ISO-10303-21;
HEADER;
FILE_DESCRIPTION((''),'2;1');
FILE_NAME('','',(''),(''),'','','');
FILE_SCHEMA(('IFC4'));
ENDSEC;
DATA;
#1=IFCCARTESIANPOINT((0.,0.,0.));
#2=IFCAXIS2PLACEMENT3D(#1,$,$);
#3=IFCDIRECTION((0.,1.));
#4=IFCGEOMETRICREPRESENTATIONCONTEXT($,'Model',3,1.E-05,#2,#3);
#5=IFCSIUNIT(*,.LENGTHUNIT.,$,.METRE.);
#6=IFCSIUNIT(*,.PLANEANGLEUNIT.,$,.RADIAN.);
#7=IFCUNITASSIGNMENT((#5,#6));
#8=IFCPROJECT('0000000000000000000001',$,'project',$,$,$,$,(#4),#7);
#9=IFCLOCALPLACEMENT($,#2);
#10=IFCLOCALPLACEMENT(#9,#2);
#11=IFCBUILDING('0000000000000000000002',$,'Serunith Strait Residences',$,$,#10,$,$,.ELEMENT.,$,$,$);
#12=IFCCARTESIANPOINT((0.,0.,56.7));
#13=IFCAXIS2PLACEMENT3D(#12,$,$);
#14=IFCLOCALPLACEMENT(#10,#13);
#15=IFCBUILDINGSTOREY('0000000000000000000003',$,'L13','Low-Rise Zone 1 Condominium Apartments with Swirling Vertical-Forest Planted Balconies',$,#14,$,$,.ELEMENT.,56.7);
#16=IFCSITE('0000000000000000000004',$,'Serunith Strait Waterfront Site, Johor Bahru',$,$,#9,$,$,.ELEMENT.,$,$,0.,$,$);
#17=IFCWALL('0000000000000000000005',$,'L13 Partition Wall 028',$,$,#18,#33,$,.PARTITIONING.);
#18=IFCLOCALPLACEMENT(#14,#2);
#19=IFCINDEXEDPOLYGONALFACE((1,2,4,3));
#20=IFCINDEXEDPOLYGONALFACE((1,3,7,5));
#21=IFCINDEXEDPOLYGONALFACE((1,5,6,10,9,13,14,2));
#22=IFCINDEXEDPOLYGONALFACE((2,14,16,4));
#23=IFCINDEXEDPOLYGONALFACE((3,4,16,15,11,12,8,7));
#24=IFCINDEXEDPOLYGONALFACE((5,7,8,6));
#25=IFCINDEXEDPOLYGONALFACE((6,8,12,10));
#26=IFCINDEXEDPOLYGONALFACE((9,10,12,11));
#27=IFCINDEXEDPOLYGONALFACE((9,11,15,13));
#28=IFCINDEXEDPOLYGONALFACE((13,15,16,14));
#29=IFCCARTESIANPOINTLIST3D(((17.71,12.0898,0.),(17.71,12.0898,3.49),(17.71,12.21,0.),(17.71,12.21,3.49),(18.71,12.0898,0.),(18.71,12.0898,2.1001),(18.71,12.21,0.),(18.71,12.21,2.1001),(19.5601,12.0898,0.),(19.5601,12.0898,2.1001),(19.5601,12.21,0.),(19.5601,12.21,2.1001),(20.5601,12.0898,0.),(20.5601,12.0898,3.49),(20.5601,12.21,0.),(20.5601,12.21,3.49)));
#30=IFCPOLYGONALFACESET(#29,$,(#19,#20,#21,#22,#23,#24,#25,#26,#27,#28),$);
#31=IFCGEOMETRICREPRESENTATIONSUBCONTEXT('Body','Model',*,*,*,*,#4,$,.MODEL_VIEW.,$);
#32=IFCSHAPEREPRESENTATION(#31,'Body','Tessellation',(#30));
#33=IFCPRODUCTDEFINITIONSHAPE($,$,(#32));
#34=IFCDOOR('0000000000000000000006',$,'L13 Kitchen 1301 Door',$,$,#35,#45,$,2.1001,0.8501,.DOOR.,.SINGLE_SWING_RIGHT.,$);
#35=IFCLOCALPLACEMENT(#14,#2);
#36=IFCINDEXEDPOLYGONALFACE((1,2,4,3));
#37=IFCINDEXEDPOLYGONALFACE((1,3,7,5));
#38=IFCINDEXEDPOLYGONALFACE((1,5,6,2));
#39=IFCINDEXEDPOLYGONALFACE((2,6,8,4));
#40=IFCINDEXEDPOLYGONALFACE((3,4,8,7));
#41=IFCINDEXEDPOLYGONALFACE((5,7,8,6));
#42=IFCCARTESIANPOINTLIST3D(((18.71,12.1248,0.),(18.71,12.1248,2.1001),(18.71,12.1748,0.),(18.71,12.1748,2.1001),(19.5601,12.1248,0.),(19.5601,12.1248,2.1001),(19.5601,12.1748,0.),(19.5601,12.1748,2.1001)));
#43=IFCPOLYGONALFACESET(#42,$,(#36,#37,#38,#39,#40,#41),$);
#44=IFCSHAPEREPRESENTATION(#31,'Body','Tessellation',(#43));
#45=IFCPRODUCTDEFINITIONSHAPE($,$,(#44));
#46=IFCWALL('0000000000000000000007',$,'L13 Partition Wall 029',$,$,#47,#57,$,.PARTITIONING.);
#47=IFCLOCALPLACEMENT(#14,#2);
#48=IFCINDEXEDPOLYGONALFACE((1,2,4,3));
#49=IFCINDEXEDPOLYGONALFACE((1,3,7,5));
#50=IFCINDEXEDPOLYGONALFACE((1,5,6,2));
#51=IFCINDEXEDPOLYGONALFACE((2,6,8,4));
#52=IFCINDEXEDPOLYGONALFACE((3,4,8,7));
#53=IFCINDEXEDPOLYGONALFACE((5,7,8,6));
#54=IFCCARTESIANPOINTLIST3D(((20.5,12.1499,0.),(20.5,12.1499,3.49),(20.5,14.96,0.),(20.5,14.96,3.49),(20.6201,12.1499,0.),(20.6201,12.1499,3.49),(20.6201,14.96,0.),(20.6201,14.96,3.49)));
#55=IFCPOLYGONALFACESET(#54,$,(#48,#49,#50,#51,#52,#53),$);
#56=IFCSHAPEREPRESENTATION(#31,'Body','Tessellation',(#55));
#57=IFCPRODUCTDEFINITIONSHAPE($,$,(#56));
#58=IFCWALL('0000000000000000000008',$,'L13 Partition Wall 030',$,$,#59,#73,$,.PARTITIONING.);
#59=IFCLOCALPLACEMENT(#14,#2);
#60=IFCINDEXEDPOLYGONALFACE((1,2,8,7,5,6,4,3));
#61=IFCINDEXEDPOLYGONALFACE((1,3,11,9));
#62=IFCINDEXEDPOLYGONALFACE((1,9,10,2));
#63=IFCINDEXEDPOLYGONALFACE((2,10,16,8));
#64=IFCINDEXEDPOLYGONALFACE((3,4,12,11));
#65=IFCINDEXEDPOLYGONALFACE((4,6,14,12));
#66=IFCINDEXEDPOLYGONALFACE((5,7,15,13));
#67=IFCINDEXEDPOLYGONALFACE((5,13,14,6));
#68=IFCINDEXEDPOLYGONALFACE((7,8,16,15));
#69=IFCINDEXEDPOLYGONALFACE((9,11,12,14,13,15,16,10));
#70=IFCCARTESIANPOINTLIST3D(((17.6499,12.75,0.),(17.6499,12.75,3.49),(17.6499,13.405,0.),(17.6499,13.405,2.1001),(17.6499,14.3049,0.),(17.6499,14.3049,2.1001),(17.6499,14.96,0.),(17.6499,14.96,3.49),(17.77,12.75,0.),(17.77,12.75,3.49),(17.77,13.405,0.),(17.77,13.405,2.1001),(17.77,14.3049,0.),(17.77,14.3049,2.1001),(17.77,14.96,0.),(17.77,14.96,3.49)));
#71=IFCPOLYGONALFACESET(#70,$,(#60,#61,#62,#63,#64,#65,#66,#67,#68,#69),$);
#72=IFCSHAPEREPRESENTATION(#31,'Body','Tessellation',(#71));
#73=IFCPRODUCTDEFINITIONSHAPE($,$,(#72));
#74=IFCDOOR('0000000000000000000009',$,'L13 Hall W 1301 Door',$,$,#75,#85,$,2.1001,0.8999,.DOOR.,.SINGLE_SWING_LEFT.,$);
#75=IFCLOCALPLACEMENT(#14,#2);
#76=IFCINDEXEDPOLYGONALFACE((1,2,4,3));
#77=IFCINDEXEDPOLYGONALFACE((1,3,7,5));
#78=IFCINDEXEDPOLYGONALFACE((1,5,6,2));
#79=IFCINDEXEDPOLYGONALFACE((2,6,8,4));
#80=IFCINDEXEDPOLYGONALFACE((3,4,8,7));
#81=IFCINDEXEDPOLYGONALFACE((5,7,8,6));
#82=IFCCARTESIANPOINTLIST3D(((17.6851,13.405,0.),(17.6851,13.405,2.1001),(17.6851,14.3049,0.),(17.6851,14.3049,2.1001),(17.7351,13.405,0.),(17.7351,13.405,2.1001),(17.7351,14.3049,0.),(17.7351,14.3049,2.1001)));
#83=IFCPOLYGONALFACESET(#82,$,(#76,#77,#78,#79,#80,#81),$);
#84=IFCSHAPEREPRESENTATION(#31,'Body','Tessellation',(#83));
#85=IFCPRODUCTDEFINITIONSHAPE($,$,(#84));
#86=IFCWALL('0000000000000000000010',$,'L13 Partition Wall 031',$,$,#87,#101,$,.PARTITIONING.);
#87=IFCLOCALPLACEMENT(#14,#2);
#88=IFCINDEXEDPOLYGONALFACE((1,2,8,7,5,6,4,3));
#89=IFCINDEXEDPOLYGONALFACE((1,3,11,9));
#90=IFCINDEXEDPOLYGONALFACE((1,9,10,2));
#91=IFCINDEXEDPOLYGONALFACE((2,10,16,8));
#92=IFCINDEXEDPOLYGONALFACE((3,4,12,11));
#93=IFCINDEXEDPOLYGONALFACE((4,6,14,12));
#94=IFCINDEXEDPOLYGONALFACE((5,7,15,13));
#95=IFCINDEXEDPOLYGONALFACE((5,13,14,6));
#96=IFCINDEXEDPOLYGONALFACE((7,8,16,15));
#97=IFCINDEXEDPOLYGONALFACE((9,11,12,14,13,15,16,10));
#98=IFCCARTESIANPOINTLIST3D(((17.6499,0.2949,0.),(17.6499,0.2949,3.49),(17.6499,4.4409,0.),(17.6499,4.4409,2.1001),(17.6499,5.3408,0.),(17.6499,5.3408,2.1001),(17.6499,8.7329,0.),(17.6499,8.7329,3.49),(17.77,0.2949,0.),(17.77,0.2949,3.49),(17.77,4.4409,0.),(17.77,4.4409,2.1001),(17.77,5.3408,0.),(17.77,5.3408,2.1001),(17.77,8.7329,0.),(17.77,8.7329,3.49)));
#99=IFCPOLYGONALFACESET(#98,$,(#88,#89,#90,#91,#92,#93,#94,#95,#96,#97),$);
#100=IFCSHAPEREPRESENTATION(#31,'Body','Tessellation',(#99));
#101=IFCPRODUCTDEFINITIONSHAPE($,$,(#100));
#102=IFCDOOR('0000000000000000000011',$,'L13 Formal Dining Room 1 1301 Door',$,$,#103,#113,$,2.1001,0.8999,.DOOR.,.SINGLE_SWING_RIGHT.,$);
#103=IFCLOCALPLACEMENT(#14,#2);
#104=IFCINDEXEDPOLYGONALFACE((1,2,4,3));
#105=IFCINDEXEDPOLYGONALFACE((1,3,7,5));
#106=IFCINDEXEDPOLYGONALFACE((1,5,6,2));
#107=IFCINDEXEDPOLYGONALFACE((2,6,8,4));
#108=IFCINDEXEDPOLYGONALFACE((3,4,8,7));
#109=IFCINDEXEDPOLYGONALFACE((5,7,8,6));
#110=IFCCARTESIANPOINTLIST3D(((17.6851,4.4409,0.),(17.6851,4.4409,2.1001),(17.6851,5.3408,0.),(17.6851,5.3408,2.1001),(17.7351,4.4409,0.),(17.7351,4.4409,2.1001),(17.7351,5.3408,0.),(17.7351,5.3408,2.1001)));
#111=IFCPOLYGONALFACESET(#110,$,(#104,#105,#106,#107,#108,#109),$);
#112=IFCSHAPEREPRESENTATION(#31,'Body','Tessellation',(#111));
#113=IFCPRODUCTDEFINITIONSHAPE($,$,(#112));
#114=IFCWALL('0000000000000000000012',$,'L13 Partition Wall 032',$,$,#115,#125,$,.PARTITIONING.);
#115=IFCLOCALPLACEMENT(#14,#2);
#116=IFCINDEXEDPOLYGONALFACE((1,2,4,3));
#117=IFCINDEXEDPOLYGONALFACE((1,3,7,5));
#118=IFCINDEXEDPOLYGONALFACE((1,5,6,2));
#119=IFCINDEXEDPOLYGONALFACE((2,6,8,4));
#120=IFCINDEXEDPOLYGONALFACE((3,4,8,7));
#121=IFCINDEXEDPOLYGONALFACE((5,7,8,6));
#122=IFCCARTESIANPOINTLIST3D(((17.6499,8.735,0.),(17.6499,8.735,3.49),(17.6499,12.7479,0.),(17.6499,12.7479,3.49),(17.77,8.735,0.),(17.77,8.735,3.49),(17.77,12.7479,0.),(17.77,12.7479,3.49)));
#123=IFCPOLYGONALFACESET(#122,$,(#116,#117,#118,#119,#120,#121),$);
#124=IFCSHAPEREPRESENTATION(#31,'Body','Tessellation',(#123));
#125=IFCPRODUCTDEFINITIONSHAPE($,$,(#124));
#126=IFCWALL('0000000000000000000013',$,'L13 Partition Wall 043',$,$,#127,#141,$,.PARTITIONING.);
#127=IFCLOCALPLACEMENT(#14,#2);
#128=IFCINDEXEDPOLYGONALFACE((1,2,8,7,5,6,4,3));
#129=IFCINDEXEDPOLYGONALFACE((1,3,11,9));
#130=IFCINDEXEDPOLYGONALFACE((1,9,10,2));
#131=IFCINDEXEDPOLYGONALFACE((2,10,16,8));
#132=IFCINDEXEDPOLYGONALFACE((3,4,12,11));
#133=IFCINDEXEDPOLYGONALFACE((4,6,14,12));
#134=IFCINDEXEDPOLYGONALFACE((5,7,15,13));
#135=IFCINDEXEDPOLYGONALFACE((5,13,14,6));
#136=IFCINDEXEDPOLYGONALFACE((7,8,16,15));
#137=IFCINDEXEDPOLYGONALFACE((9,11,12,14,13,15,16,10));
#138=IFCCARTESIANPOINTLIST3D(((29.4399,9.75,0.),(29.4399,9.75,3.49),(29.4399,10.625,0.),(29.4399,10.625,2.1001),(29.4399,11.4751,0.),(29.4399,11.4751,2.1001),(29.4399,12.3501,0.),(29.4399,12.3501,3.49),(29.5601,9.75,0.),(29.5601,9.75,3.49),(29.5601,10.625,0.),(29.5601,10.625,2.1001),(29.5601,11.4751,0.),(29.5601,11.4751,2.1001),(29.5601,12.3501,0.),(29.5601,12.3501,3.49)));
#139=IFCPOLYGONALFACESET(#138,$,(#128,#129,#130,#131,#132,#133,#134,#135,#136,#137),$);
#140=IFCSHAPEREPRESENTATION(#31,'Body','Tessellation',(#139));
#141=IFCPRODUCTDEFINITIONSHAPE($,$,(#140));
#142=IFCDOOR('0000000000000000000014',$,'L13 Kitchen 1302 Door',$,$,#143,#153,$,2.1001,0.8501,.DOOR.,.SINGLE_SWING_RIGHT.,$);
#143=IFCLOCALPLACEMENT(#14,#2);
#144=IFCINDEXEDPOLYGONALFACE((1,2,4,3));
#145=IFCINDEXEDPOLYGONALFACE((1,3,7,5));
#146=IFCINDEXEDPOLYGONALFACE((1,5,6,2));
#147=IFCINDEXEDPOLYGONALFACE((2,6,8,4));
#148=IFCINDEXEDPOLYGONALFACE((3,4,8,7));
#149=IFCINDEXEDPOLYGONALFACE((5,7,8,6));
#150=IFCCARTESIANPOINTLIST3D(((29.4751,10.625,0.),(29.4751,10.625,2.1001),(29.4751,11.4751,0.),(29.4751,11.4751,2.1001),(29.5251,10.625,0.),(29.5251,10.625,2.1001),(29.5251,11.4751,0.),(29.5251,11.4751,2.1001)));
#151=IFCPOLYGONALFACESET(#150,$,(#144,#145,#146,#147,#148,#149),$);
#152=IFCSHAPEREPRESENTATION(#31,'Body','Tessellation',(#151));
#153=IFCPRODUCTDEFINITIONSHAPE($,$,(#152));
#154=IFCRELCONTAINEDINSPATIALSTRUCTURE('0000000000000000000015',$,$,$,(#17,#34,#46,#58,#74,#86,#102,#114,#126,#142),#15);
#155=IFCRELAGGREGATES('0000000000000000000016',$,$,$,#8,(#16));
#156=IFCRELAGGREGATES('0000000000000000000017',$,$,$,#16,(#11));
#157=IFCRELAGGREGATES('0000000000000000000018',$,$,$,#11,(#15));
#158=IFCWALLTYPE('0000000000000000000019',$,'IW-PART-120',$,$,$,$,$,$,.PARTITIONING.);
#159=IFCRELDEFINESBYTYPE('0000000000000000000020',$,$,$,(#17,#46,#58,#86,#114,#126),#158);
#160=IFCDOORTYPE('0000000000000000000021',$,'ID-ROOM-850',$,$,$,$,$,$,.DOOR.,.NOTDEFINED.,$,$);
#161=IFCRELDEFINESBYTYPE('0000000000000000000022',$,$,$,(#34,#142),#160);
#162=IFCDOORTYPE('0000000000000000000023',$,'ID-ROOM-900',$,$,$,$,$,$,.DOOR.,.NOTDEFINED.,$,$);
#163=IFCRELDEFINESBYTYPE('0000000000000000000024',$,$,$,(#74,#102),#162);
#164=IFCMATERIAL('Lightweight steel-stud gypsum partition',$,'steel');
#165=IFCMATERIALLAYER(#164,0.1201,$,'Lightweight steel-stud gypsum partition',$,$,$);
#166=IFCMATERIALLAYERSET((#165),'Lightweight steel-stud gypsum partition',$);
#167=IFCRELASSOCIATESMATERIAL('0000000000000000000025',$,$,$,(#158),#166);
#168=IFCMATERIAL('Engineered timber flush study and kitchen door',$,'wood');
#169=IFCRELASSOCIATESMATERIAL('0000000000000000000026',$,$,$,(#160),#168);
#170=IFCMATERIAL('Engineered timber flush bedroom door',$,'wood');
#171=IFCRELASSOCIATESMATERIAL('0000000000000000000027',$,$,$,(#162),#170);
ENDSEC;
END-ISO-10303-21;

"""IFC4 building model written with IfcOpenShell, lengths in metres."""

from ifc_helpers import new_model, si_unit, direction, frame, frame_2d, origin, place, context, subcontext, project, spatial, rectangle, extrude, source, transform, mapped, material, layer, layer_set, type_object, element, fill, save


model = new_model("IFC4")

# Units and contexts
model_context = context("Model", 3, precision=1e-05, world=origin(), true_north=direction((0.0, 1.0)))
body_context = subcontext(model_context, "Body", "Model", "MODEL_VIEW")
ifc_project = project(units=[si_unit("LENGTHUNIT", "METRE"), si_unit("PLANEANGLEUNIT", "RADIAN")], contexts=[model_context])

# Site, building, storey
site_placement = place(None, origin())
site = spatial("IfcSite", under=ifc_project, at=site_placement, Name="Serunith Strait Waterfront Site, Johor Bahru", CompositionType="ELEMENT", RefElevation=0.0)
building_placement = place(site_placement, origin())
building = spatial("IfcBuilding", under=site, at=building_placement, Name="Serunith Strait Residences", CompositionType="ELEMENT")
storey_placement = place(building_placement, frame((0.0, 0.0, 56.7)))
storey = spatial("IfcBuildingStorey", under=building, at=storey_placement, Name="L13", Description="Low-Rise Zone 1 Condominium Apartments with Swirling Vertical-Forest Planted Balconies", CompositionType="ELEMENT", Elevation=56.7)

# Wall, opening, door
ifc_material_1 = material(Name="Lightweight steel-stud gypsum partition", Category="steel")
ifc_layer_1 = layer(ifc_material_1, 0.1201, Name="Lightweight steel-stud gypsum partition")
ifc_layer_set_1 = layer_set([ifc_layer_1], Name="Lightweight steel-stud gypsum partition")
wall_type_1 = type_object("IfcWallType", Name="IW-PART-120", PredefinedType="PARTITIONING", material=ifc_layer_set_1)
wall_1_placement = place(storey_placement, frame((17.71, 12.1499, 0.0), z_axis=(0.0, 0.0, 1.0), x_axis=(1.0, 0.0, 0.0)))
wall_1 = element("IfcWall", 1, at=wall_1_placement, inside=storey, type_object=wall_type_1, Name="L13 Partition Wall 028", PredefinedType="PARTITIONING", context=body_context, shape_type="SweptSolid", body=[
    extrude(rectangle(XDim=2.8501, YDim=0.1201, at=frame_2d((1.425, 0.0))), origin(), (0.0, 0.0, 1.0), 3.49),
])
opening_1_placement = place(wall_1_placement, frame((1.0, 0.0, 0.0)))
opening_1 = element("IfcOpeningElement", 2, at=opening_1_placement, cuts=wall_1, PredefinedType="OPENING", context=body_context, shape_type="SweptSolid", body=[
    extrude(rectangle(XDim=0.8501, YDim=2.1001, at=frame_2d((0.425, 1.05))), frame((0.0, 0.0701, 0.0), z_axis=(0.0, -1.0, 0.0), x_axis=(1.0, 0.0, 0.0)), (0.0, 0.0, 1.0), 0.1401),
])
ifc_material_2 = material(Name="Engineered timber flush study and kitchen door", Category="wood")
door_type_1 = type_object("IfcDoorType", Name="ID-ROOM-850", OperationType="NOTDEFINED", PredefinedType="DOOR", material=ifc_material_2)
shared_shape_1 = source(origin(), body_context, "Body", "SweptSolid", [
    extrude(rectangle(XDim=0.8501, YDim=2.1001, at=frame_2d((0.425, 1.05))), frame((0.0, 0.0249, 0.0), z_axis=(0.0, -1.0, 0.0), x_axis=(1.0, 0.0, 0.0)), (0.0, 0.0, 1.0), 0.05),
])
door_1_placement = place(opening_1_placement, origin())
door_1 = element("IfcDoor", 3, at=door_1_placement, inside=storey, type_object=door_type_1, Name="L13 Kitchen 1301 Door", OperationType="SINGLE_SWING_RIGHT", OverallHeight=2.1001, OverallWidth=0.8501, PredefinedType="DOOR", context=body_context, shape_type="MappedRepresentation", body=[
    mapped(shared_shape_1, transform((0.0, 0.0, 0.0), scale=1.0)),
])
fill(opening_1, door_1)

# Wall
wall_2_placement = place(storey_placement, frame((20.5601, 12.1499, 0.0), z_axis=(0.0, 0.0, 1.0), x_axis=(0.0, 1.0, 0.0)))
element("IfcWall", 4, at=wall_2_placement, inside=storey, type_object=wall_type_1, Name="L13 Partition Wall 029", PredefinedType="PARTITIONING", context=body_context, shape_type="SweptSolid", body=[
    extrude(rectangle(XDim=2.8101, YDim=0.1201, at=frame_2d((1.405, 0.0))), origin(), (0.0, 0.0, 1.0), 3.49),
])

# Walls, openings, doors
wall_3_placement = place(storey_placement, frame((17.71, 12.75, 0.0), z_axis=(0.0, 0.0, 1.0), x_axis=(0.0, 1.0, 0.0)))
wall_3 = element("IfcWall", 5, at=wall_3_placement, inside=storey, type_object=wall_type_1, Name="L13 Partition Wall 030", PredefinedType="PARTITIONING", context=body_context, shape_type="SweptSolid", body=[
    extrude(rectangle(XDim=2.21, YDim=0.1201, at=frame_2d((1.105, 0.0))), origin(), (0.0, 0.0, 1.0), 3.49),
])
opening_2_placement = place(wall_3_placement, frame((0.655, 0.0, 0.0)))
opening_2 = element("IfcOpeningElement", 6, at=opening_2_placement, cuts=wall_3, PredefinedType="OPENING", context=body_context, shape_type="SweptSolid", body=[
    extrude(rectangle(XDim=0.8999, YDim=2.1001, at=frame_2d((0.45, 1.05))), frame((0.0, 0.0701, 0.0), z_axis=(0.0, -1.0, 0.0), x_axis=(1.0, 0.0, 0.0)), (0.0, 0.0, 1.0), 0.1401),
])
ifc_material_3 = material(Name="Engineered timber flush bedroom door", Category="wood")
door_type_2 = type_object("IfcDoorType", Name="ID-ROOM-900", OperationType="NOTDEFINED", PredefinedType="DOOR", material=ifc_material_3)
shared_shape_2 = source(origin(), body_context, "Body", "SweptSolid", [
    extrude(rectangle(XDim=0.8999, YDim=2.1001, at=frame_2d((0.45, 1.05))), frame((0.0, 0.0249, 0.0), z_axis=(0.0, -1.0, 0.0), x_axis=(1.0, 0.0, 0.0)), (0.0, 0.0, 1.0), 0.05),
])
door_2_placement = place(opening_2_placement, origin())
door_2 = element("IfcDoor", 7, at=door_2_placement, inside=storey, type_object=door_type_2, Name="L13 Hall W 1301 Door", OperationType="SINGLE_SWING_LEFT", OverallHeight=2.1001, OverallWidth=0.8999, PredefinedType="DOOR", context=body_context, shape_type="MappedRepresentation", body=[
    mapped(shared_shape_2, transform((0.0, 0.0, 0.0), scale=1.0)),
])
fill(opening_2, door_2)
wall_4_placement = place(storey_placement, frame((17.71, 0.2949, 0.0), z_axis=(0.0, 0.0, 1.0), x_axis=(0.0, 1.0, 0.0)))
wall_4 = element("IfcWall", 8, at=wall_4_placement, inside=storey, type_object=wall_type_1, Name="L13 Partition Wall 031", PredefinedType="PARTITIONING", context=body_context, shape_type="SweptSolid", body=[
    extrude(rectangle(XDim=8.438, YDim=0.1201, at=frame_2d((4.219, 0.0))), origin(), (0.0, 0.0, 1.0), 3.49),
])
opening_3_placement = place(wall_4_placement, frame((4.146, 0.0, 0.0)))
opening_3 = element("IfcOpeningElement", 9, at=opening_3_placement, cuts=wall_4, PredefinedType="OPENING", context=body_context, shape_type="SweptSolid", body=[
    extrude(rectangle(XDim=0.8999, YDim=2.1001, at=frame_2d((0.45, 1.05))), frame((0.0, 0.0701, 0.0), z_axis=(0.0, -1.0, 0.0), x_axis=(1.0, 0.0, 0.0)), (0.0, 0.0, 1.0), 0.1401),
])
door_3_placement = place(opening_3_placement, origin())
door_3 = element("IfcDoor", 10, at=door_3_placement, inside=storey, type_object=door_type_2, Name="L13 Formal Dining Room 1 1301 Door", OperationType="SINGLE_SWING_RIGHT", OverallHeight=2.1001, OverallWidth=0.8999, PredefinedType="DOOR", context=body_context, shape_type="MappedRepresentation", body=[
    mapped(shared_shape_2, transform((0.0, 0.0, 0.0), scale=1.0)),
])
fill(opening_3, door_3)

# Wall
wall_5_placement = place(storey_placement, frame((17.71, 8.7351, 0.0), z_axis=(0.0, 0.0, 1.0), x_axis=(0.0, 1.0, 0.0)))
element("IfcWall", 11, at=wall_5_placement, inside=storey, type_object=wall_type_1, Name="L13 Partition Wall 032", PredefinedType="PARTITIONING", context=body_context, shape_type="SweptSolid", body=[
    extrude(rectangle(XDim=4.0129, YDim=0.1201, at=frame_2d((2.0063, 0.0))), origin(), (0.0, 0.0, 1.0), 3.49),
])

# Wall, opening, door
wall_6_placement = place(storey_placement, frame((29.5, 9.75, 0.0), z_axis=(0.0, 0.0, 1.0), x_axis=(0.0, 1.0, 0.0)))
wall_6 = element("IfcWall", 12, at=wall_6_placement, inside=storey, type_object=wall_type_1, Name="L13 Partition Wall 043", PredefinedType="PARTITIONING", context=body_context, shape_type="SweptSolid", body=[
    extrude(rectangle(XDim=2.6001, YDim=0.1201, at=frame_2d((1.3, 0.0))), origin(), (0.0, 0.0, 1.0), 3.49),
])
opening_4_placement = place(wall_6_placement, frame((0.875, 0.0, 0.0)))
opening_4 = element("IfcOpeningElement", 13, at=opening_4_placement, cuts=wall_6, PredefinedType="OPENING", context=body_context, shape_type="SweptSolid", body=[
    extrude(rectangle(XDim=0.8501, YDim=2.1001, at=frame_2d((0.425, 1.05))), frame((0.0, 0.0701, 0.0), z_axis=(0.0, -1.0, 0.0), x_axis=(1.0, 0.0, 0.0)), (0.0, 0.0, 1.0), 0.1401),
])
door_4_placement = place(opening_4_placement, origin())
door_4 = element("IfcDoor", 14, at=door_4_placement, inside=storey, type_object=door_type_1, Name="L13 Kitchen 1302 Door", OperationType="SINGLE_SWING_RIGHT", OverallHeight=2.1001, OverallWidth=0.8501, PredefinedType="DOOR", context=body_context, shape_type="MappedRepresentation", body=[
    mapped(shared_shape_1, transform((0.0, 0.0, 0.0), scale=1.0)),
])
fill(opening_4, door_4)

save(model, "model.ifc")
